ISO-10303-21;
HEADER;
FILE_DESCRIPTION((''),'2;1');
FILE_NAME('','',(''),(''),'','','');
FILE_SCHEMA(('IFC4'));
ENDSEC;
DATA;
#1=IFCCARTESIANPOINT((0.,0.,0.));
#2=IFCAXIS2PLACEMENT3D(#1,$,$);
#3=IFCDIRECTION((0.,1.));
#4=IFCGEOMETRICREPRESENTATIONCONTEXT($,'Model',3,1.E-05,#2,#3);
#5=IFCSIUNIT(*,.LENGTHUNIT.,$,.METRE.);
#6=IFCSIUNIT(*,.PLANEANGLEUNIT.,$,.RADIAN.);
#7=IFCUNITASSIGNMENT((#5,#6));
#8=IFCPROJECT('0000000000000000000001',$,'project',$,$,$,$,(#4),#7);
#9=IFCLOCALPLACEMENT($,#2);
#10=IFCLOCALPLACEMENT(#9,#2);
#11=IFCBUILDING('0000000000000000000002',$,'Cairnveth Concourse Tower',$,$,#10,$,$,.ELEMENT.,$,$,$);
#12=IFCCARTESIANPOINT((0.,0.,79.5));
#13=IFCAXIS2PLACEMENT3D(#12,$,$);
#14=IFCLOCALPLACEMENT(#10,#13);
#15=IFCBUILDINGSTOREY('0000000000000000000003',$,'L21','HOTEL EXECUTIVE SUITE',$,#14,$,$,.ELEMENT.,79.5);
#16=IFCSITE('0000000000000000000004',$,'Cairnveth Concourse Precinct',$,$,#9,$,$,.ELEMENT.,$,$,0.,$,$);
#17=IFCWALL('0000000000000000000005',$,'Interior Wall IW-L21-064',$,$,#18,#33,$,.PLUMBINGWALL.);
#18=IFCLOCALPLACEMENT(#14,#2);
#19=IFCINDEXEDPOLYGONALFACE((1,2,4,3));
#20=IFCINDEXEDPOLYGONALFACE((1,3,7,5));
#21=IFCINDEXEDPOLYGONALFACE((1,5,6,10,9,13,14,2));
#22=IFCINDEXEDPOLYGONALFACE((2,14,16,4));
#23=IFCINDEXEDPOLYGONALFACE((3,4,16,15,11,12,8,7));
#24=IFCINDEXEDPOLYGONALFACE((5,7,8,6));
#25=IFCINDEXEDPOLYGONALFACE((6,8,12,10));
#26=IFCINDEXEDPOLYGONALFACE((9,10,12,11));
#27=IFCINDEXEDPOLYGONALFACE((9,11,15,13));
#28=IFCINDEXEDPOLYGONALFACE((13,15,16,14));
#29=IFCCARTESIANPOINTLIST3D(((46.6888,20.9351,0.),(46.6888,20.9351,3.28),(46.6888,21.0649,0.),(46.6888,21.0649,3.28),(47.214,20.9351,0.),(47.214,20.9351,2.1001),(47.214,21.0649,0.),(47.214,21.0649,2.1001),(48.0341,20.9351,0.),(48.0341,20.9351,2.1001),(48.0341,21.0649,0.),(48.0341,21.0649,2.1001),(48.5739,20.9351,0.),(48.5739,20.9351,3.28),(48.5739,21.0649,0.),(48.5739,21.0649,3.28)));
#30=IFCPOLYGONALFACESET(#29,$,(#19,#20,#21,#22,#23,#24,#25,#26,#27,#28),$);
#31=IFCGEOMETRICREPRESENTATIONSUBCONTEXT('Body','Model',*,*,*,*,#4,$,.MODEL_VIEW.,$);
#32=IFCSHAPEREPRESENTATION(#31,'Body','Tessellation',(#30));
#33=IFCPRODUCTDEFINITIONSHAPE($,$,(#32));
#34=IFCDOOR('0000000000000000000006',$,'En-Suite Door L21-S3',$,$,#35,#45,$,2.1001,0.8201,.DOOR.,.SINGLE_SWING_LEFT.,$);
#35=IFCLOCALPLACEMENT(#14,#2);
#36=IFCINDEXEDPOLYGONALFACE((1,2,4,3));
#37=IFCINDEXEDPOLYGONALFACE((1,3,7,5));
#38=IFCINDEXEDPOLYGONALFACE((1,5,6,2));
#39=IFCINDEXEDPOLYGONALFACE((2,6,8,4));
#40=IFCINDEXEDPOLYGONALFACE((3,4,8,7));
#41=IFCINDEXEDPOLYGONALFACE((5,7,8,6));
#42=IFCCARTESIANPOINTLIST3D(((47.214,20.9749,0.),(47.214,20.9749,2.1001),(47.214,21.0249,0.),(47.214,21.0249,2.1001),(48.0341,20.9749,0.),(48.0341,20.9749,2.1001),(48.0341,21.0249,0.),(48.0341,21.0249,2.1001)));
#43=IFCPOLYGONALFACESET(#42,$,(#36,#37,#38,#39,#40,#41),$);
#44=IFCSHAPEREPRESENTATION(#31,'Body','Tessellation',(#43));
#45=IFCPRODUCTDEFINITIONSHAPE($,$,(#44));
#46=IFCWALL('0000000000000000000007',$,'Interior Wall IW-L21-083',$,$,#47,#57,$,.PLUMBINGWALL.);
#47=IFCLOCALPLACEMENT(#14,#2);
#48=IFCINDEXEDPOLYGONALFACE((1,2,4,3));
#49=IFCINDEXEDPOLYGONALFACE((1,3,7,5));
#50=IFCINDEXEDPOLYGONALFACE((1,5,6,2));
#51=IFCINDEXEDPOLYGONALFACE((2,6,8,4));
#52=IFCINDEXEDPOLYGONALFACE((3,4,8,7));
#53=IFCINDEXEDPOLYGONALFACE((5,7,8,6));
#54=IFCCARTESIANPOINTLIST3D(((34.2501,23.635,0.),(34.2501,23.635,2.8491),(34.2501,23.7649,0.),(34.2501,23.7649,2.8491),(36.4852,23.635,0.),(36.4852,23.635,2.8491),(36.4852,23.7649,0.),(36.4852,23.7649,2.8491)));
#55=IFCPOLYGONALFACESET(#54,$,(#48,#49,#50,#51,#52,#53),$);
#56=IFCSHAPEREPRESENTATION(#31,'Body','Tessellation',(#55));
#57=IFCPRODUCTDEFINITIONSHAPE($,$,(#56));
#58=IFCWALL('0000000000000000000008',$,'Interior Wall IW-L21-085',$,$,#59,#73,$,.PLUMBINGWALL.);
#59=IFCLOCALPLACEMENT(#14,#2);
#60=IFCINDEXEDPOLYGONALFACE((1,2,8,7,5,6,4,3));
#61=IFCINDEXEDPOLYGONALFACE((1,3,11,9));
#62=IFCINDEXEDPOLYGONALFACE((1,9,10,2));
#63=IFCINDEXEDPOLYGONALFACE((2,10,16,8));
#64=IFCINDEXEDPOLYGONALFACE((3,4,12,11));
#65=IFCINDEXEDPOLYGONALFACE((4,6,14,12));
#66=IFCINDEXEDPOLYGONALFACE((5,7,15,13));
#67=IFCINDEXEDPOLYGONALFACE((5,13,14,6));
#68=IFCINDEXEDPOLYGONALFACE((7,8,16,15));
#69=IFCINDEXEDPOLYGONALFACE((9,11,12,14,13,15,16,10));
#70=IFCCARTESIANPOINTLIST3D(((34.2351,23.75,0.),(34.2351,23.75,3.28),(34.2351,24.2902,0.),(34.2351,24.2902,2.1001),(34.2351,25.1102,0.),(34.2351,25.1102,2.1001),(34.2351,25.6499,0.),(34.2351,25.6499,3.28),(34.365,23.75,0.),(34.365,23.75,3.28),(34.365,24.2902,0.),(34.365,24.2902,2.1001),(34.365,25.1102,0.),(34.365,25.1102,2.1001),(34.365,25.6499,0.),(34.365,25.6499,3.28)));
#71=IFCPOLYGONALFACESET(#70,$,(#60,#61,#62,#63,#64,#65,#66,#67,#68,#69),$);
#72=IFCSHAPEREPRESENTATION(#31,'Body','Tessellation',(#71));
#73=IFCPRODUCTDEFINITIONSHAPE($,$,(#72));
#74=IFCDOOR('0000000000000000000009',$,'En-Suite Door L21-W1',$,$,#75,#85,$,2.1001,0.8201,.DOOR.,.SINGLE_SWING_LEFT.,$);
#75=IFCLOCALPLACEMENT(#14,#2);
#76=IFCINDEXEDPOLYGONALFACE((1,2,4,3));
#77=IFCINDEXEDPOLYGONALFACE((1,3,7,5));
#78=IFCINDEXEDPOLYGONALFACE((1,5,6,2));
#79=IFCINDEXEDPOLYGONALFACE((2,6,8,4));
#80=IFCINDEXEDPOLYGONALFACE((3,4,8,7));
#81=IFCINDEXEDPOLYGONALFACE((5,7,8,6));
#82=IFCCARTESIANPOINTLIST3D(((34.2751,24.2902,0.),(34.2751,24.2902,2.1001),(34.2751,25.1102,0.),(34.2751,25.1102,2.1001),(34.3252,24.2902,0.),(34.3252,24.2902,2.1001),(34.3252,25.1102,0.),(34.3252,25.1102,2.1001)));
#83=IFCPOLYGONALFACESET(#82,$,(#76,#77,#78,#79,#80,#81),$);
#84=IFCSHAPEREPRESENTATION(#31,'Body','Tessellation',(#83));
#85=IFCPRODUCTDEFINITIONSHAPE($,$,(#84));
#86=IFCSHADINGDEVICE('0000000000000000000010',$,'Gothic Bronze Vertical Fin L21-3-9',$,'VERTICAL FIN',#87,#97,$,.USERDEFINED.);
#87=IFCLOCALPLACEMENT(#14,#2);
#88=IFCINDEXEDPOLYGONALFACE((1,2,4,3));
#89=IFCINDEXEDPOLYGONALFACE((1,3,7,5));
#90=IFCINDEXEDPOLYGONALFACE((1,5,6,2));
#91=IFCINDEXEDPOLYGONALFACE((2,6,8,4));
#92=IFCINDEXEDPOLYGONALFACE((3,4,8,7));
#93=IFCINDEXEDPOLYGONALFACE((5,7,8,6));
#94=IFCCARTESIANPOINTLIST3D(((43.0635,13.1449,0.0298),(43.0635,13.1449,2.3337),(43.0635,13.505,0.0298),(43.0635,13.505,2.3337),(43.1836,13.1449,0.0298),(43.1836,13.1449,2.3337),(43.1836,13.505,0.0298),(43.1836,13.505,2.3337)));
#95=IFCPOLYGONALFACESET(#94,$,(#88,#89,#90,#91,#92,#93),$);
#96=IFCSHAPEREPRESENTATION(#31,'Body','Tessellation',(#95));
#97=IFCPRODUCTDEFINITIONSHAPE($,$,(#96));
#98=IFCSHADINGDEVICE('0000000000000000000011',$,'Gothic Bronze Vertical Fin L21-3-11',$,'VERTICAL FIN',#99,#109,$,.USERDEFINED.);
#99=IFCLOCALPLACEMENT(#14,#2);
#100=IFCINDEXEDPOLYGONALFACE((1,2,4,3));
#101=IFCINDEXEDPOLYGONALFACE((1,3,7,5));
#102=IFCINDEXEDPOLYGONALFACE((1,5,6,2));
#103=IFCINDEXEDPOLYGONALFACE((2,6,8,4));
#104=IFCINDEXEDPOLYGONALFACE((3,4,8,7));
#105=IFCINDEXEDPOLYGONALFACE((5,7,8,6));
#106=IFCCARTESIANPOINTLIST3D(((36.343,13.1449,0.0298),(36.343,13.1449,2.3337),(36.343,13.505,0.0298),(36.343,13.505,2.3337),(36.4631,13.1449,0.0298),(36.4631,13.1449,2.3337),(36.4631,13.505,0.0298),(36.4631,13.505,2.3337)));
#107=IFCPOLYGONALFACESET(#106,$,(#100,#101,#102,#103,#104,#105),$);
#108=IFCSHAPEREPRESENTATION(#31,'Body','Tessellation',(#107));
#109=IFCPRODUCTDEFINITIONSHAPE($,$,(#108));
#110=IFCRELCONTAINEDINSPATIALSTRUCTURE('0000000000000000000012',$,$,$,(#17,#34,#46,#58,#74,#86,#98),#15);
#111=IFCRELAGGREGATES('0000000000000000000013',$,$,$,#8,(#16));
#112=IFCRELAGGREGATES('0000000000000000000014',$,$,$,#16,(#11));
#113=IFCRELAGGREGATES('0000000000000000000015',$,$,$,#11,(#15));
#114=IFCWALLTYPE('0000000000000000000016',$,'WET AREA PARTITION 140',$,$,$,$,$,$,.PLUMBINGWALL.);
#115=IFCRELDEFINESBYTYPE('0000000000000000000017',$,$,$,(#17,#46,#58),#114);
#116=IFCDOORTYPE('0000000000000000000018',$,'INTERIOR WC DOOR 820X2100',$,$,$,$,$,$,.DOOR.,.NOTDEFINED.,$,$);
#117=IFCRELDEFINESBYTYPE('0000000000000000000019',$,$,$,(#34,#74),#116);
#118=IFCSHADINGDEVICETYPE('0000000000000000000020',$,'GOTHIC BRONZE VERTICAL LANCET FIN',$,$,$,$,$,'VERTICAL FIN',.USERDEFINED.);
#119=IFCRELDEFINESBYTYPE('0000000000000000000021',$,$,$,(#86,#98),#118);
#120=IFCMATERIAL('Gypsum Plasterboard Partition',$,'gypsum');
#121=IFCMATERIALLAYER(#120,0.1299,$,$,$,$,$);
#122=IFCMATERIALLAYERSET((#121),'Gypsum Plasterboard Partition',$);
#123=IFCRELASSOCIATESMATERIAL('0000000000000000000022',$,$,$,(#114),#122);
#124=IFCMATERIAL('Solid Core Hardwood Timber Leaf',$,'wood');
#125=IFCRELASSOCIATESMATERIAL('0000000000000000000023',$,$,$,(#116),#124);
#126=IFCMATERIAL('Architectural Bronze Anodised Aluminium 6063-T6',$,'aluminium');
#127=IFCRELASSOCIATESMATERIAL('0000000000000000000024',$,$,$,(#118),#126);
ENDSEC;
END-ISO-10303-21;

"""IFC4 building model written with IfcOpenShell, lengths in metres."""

from ifc_helpers import new_model, si_unit, direction, frame, frame_2d, origin, origin_2d, place, context, subcontext, project, spatial, rectangle, extrude, material, layer, layer_set, type_object, element, fill, save


model = new_model("IFC4")

# Units and contexts
model_context = context("Model", 3, precision=1e-05, world=origin(), true_north=direction((0.0, 1.0)))
body_context = subcontext(model_context, "Body", "Model", "MODEL_VIEW")
ifc_project = project(units=[si_unit("LENGTHUNIT", "METRE"), si_unit("PLANEANGLEUNIT", "RADIAN")], contexts=[model_context])

# Site, building, storey
site_placement = place(None, origin())
site = spatial("IfcSite", under=ifc_project, at=site_placement, Name="Cairnveth Concourse Precinct", CompositionType="ELEMENT", RefElevation=0.0)
building_placement = place(site_placement, origin())
building = spatial("IfcBuilding", under=site, at=building_placement, Name="Cairnveth Concourse Tower", CompositionType="ELEMENT")
storey_placement = place(building_placement, frame((0.0, 0.0, 79.5)))
storey = spatial("IfcBuildingStorey", under=building, at=storey_placement, Name="L21", Description="HOTEL EXECUTIVE SUITE", CompositionType="ELEMENT", Elevation=79.5)

# Shared definitions
ifc_material_1 = material(Name="Gypsum Plasterboard Partition", Category="gypsum")
ifc_material_2 = material(Name="Solid Core Hardwood Timber Leaf", Category="wood")

# Shared definitions
ifc_layer_1 = layer(ifc_material_1, 0.1299)
ifc_layer_set_1 = layer_set([ifc_layer_1], Name="Gypsum Plasterboard Partition")
wall_type_1 = type_object("IfcWallType", Name="WET AREA PARTITION 140", PredefinedType="PLUMBINGWALL", material=ifc_layer_set_1)

# Wall, opening, door
door_type_1 = type_object("IfcDoorType", Name="INTERIOR WC DOOR 820X2100", OperationType="NOTDEFINED", PredefinedType="DOOR", material=ifc_material_2)
wall_1_placement = place(storey_placement, frame((46.689, 21.0, 0.0), z_axis=(0.0, 0.0, 1.0), x_axis=(1.0, 0.0, 0.0)))
wall_1 = element("IfcWall", 1, at=wall_1_placement, inside=storey, type_object=wall_type_1, Name="Interior Wall IW-L21-064", PredefinedType="PLUMBINGWALL", context=body_context, shape_type="SweptSolid", body=[
    extrude(rectangle(XDim=1.885, YDim=0.1299, at=frame_2d((0.9424, 0.0))), origin(), (0.0, 0.0, 1.0), 3.28),
])
opening_1_placement = place(wall_1_placement, frame((0.5249, 0.0, 0.0)))
opening_1 = element("IfcOpeningElement", 2, at=opening_1_placement, cuts=wall_1, PredefinedType="OPENING", context=body_context, shape_type="SweptSolid", body=[
    extrude(rectangle(XDim=0.8201, YDim=2.1001, at=frame_2d((0.4102, 1.05))), frame((0.0, 0.075, 0.0), z_axis=(0.0, -1.0, 0.0), x_axis=(1.0, 0.0, 0.0)), (0.0, 0.0, 1.0), 0.1499),
])
door_1_placement = place(opening_1_placement, origin())
door_1 = element("IfcDoor", 3, at=door_1_placement, inside=storey, type_object=door_type_1, Name="En-Suite Door L21-S3", OperationType="SINGLE_SWING_LEFT", OverallHeight=2.1001, OverallWidth=0.8201, PredefinedType="DOOR", context=body_context, shape_type="SweptSolid", body=[
    extrude(rectangle(XDim=0.8201, YDim=2.1001, at=frame_2d((0.4102, 1.05))), frame((0.0, 0.0249, 0.0), z_axis=(0.0, -1.0, 0.0), x_axis=(1.0, 0.0, 0.0)), (0.0, 0.0, 1.0), 0.05),
])
fill(opening_1, door_1)

# Wall
wall_2_placement = place(storey_placement, frame((34.25, 23.7, 0.0), z_axis=(0.0, 0.0, 1.0), x_axis=(1.0, 0.0, 0.0)))
element("IfcWall", 4, at=wall_2_placement, inside=storey, type_object=wall_type_1, Name="Interior Wall IW-L21-083", PredefinedType="PLUMBINGWALL", context=body_context, shape_type="SweptSolid", body=[
    extrude(rectangle(XDim=2.2351, YDim=0.1299, at=frame_2d((1.1177, 0.0))), origin(), (0.0, 0.0, 1.0), 2.8491),
])

# Wall, opening, door
wall_3_placement = place(storey_placement, frame((34.3, 23.75, 0.0), z_axis=(0.0, 0.0, 1.0), x_axis=(0.0, 1.0, 0.0)))
wall_3 = element("IfcWall", 5, at=wall_3_placement, inside=storey, type_object=wall_type_1, Name="Interior Wall IW-L21-085", PredefinedType="PLUMBINGWALL", context=body_context, shape_type="SweptSolid", body=[
    extrude(rectangle(XDim=1.8999, YDim=0.1299, at=frame_2d((0.95, 0.0))), origin(), (0.0, 0.0, 1.0), 3.28),
])
opening_2_placement = place(wall_3_placement, frame((0.54, 0.0, 0.0)))
opening_2 = element("IfcOpeningElement", 6, at=opening_2_placement, cuts=wall_3, PredefinedType="OPENING", context=body_context, shape_type="SweptSolid", body=[
    extrude(rectangle(XDim=0.8201, YDim=2.1001, at=frame_2d((0.4102, 1.05))), frame((0.0, 0.075, 0.0), z_axis=(0.0, -1.0, 0.0), x_axis=(1.0, 0.0, 0.0)), (0.0, 0.0, 1.0), 0.1499),
])
door_2_placement = place(opening_2_placement, origin())
door_2 = element("IfcDoor", 7, at=door_2_placement, inside=storey, type_object=door_type_1, Name="En-Suite Door L21-W1", OperationType="SINGLE_SWING_LEFT", OverallHeight=2.1001, OverallWidth=0.8201, PredefinedType="DOOR", context=body_context, shape_type="SweptSolid", body=[
    extrude(rectangle(XDim=0.8201, YDim=2.1001, at=frame_2d((0.4102, 1.05))), frame((0.0, 0.0249, 0.0), z_axis=(0.0, -1.0, 0.0), x_axis=(1.0, 0.0, 0.0)), (0.0, 0.0, 1.0), 0.05),
])
fill(opening_2, door_2)

# Shading devices
ifc_material_3 = material(Name="Architectural Bronze Anodised Aluminium 6063-T6", Category="aluminium")
shading_device_type = type_object("IfcShadingDeviceType", Name="GOTHIC BRONZE VERTICAL LANCET FIN", ElementType="VERTICAL FIN", PredefinedType="USERDEFINED", material=ifc_material_3)
for number, where, z_axis, x_axis, name in (
    (8, (43.1235, 13.325, 0.0298), (0.0, 0.0, 1.0), (1.0, 0.0, 0.0), "Gothic Bronze Vertical Fin L21-3-9"),
    (9, (36.4031, 13.325, 0.0298), (0.0, 0.0, 1.0), (1.0, 0.0, 0.0), "Gothic Bronze Vertical Fin L21-3-11"),
):
    element("IfcShadingDevice", number, at=place(storey_placement, frame(where, z_axis=z_axis, x_axis=x_axis)), inside=storey, type_object=shading_device_type, Name=name, ObjectType="VERTICAL FIN", PredefinedType="USERDEFINED", context=body_context, shape_type="SweptSolid", body=[
        extrude(rectangle(XDim=0.1201, YDim=0.3601, at=origin_2d()), origin(), (0.0, 0.0, 1.0), 2.304),
    ])

save(model, "model.ifc")
